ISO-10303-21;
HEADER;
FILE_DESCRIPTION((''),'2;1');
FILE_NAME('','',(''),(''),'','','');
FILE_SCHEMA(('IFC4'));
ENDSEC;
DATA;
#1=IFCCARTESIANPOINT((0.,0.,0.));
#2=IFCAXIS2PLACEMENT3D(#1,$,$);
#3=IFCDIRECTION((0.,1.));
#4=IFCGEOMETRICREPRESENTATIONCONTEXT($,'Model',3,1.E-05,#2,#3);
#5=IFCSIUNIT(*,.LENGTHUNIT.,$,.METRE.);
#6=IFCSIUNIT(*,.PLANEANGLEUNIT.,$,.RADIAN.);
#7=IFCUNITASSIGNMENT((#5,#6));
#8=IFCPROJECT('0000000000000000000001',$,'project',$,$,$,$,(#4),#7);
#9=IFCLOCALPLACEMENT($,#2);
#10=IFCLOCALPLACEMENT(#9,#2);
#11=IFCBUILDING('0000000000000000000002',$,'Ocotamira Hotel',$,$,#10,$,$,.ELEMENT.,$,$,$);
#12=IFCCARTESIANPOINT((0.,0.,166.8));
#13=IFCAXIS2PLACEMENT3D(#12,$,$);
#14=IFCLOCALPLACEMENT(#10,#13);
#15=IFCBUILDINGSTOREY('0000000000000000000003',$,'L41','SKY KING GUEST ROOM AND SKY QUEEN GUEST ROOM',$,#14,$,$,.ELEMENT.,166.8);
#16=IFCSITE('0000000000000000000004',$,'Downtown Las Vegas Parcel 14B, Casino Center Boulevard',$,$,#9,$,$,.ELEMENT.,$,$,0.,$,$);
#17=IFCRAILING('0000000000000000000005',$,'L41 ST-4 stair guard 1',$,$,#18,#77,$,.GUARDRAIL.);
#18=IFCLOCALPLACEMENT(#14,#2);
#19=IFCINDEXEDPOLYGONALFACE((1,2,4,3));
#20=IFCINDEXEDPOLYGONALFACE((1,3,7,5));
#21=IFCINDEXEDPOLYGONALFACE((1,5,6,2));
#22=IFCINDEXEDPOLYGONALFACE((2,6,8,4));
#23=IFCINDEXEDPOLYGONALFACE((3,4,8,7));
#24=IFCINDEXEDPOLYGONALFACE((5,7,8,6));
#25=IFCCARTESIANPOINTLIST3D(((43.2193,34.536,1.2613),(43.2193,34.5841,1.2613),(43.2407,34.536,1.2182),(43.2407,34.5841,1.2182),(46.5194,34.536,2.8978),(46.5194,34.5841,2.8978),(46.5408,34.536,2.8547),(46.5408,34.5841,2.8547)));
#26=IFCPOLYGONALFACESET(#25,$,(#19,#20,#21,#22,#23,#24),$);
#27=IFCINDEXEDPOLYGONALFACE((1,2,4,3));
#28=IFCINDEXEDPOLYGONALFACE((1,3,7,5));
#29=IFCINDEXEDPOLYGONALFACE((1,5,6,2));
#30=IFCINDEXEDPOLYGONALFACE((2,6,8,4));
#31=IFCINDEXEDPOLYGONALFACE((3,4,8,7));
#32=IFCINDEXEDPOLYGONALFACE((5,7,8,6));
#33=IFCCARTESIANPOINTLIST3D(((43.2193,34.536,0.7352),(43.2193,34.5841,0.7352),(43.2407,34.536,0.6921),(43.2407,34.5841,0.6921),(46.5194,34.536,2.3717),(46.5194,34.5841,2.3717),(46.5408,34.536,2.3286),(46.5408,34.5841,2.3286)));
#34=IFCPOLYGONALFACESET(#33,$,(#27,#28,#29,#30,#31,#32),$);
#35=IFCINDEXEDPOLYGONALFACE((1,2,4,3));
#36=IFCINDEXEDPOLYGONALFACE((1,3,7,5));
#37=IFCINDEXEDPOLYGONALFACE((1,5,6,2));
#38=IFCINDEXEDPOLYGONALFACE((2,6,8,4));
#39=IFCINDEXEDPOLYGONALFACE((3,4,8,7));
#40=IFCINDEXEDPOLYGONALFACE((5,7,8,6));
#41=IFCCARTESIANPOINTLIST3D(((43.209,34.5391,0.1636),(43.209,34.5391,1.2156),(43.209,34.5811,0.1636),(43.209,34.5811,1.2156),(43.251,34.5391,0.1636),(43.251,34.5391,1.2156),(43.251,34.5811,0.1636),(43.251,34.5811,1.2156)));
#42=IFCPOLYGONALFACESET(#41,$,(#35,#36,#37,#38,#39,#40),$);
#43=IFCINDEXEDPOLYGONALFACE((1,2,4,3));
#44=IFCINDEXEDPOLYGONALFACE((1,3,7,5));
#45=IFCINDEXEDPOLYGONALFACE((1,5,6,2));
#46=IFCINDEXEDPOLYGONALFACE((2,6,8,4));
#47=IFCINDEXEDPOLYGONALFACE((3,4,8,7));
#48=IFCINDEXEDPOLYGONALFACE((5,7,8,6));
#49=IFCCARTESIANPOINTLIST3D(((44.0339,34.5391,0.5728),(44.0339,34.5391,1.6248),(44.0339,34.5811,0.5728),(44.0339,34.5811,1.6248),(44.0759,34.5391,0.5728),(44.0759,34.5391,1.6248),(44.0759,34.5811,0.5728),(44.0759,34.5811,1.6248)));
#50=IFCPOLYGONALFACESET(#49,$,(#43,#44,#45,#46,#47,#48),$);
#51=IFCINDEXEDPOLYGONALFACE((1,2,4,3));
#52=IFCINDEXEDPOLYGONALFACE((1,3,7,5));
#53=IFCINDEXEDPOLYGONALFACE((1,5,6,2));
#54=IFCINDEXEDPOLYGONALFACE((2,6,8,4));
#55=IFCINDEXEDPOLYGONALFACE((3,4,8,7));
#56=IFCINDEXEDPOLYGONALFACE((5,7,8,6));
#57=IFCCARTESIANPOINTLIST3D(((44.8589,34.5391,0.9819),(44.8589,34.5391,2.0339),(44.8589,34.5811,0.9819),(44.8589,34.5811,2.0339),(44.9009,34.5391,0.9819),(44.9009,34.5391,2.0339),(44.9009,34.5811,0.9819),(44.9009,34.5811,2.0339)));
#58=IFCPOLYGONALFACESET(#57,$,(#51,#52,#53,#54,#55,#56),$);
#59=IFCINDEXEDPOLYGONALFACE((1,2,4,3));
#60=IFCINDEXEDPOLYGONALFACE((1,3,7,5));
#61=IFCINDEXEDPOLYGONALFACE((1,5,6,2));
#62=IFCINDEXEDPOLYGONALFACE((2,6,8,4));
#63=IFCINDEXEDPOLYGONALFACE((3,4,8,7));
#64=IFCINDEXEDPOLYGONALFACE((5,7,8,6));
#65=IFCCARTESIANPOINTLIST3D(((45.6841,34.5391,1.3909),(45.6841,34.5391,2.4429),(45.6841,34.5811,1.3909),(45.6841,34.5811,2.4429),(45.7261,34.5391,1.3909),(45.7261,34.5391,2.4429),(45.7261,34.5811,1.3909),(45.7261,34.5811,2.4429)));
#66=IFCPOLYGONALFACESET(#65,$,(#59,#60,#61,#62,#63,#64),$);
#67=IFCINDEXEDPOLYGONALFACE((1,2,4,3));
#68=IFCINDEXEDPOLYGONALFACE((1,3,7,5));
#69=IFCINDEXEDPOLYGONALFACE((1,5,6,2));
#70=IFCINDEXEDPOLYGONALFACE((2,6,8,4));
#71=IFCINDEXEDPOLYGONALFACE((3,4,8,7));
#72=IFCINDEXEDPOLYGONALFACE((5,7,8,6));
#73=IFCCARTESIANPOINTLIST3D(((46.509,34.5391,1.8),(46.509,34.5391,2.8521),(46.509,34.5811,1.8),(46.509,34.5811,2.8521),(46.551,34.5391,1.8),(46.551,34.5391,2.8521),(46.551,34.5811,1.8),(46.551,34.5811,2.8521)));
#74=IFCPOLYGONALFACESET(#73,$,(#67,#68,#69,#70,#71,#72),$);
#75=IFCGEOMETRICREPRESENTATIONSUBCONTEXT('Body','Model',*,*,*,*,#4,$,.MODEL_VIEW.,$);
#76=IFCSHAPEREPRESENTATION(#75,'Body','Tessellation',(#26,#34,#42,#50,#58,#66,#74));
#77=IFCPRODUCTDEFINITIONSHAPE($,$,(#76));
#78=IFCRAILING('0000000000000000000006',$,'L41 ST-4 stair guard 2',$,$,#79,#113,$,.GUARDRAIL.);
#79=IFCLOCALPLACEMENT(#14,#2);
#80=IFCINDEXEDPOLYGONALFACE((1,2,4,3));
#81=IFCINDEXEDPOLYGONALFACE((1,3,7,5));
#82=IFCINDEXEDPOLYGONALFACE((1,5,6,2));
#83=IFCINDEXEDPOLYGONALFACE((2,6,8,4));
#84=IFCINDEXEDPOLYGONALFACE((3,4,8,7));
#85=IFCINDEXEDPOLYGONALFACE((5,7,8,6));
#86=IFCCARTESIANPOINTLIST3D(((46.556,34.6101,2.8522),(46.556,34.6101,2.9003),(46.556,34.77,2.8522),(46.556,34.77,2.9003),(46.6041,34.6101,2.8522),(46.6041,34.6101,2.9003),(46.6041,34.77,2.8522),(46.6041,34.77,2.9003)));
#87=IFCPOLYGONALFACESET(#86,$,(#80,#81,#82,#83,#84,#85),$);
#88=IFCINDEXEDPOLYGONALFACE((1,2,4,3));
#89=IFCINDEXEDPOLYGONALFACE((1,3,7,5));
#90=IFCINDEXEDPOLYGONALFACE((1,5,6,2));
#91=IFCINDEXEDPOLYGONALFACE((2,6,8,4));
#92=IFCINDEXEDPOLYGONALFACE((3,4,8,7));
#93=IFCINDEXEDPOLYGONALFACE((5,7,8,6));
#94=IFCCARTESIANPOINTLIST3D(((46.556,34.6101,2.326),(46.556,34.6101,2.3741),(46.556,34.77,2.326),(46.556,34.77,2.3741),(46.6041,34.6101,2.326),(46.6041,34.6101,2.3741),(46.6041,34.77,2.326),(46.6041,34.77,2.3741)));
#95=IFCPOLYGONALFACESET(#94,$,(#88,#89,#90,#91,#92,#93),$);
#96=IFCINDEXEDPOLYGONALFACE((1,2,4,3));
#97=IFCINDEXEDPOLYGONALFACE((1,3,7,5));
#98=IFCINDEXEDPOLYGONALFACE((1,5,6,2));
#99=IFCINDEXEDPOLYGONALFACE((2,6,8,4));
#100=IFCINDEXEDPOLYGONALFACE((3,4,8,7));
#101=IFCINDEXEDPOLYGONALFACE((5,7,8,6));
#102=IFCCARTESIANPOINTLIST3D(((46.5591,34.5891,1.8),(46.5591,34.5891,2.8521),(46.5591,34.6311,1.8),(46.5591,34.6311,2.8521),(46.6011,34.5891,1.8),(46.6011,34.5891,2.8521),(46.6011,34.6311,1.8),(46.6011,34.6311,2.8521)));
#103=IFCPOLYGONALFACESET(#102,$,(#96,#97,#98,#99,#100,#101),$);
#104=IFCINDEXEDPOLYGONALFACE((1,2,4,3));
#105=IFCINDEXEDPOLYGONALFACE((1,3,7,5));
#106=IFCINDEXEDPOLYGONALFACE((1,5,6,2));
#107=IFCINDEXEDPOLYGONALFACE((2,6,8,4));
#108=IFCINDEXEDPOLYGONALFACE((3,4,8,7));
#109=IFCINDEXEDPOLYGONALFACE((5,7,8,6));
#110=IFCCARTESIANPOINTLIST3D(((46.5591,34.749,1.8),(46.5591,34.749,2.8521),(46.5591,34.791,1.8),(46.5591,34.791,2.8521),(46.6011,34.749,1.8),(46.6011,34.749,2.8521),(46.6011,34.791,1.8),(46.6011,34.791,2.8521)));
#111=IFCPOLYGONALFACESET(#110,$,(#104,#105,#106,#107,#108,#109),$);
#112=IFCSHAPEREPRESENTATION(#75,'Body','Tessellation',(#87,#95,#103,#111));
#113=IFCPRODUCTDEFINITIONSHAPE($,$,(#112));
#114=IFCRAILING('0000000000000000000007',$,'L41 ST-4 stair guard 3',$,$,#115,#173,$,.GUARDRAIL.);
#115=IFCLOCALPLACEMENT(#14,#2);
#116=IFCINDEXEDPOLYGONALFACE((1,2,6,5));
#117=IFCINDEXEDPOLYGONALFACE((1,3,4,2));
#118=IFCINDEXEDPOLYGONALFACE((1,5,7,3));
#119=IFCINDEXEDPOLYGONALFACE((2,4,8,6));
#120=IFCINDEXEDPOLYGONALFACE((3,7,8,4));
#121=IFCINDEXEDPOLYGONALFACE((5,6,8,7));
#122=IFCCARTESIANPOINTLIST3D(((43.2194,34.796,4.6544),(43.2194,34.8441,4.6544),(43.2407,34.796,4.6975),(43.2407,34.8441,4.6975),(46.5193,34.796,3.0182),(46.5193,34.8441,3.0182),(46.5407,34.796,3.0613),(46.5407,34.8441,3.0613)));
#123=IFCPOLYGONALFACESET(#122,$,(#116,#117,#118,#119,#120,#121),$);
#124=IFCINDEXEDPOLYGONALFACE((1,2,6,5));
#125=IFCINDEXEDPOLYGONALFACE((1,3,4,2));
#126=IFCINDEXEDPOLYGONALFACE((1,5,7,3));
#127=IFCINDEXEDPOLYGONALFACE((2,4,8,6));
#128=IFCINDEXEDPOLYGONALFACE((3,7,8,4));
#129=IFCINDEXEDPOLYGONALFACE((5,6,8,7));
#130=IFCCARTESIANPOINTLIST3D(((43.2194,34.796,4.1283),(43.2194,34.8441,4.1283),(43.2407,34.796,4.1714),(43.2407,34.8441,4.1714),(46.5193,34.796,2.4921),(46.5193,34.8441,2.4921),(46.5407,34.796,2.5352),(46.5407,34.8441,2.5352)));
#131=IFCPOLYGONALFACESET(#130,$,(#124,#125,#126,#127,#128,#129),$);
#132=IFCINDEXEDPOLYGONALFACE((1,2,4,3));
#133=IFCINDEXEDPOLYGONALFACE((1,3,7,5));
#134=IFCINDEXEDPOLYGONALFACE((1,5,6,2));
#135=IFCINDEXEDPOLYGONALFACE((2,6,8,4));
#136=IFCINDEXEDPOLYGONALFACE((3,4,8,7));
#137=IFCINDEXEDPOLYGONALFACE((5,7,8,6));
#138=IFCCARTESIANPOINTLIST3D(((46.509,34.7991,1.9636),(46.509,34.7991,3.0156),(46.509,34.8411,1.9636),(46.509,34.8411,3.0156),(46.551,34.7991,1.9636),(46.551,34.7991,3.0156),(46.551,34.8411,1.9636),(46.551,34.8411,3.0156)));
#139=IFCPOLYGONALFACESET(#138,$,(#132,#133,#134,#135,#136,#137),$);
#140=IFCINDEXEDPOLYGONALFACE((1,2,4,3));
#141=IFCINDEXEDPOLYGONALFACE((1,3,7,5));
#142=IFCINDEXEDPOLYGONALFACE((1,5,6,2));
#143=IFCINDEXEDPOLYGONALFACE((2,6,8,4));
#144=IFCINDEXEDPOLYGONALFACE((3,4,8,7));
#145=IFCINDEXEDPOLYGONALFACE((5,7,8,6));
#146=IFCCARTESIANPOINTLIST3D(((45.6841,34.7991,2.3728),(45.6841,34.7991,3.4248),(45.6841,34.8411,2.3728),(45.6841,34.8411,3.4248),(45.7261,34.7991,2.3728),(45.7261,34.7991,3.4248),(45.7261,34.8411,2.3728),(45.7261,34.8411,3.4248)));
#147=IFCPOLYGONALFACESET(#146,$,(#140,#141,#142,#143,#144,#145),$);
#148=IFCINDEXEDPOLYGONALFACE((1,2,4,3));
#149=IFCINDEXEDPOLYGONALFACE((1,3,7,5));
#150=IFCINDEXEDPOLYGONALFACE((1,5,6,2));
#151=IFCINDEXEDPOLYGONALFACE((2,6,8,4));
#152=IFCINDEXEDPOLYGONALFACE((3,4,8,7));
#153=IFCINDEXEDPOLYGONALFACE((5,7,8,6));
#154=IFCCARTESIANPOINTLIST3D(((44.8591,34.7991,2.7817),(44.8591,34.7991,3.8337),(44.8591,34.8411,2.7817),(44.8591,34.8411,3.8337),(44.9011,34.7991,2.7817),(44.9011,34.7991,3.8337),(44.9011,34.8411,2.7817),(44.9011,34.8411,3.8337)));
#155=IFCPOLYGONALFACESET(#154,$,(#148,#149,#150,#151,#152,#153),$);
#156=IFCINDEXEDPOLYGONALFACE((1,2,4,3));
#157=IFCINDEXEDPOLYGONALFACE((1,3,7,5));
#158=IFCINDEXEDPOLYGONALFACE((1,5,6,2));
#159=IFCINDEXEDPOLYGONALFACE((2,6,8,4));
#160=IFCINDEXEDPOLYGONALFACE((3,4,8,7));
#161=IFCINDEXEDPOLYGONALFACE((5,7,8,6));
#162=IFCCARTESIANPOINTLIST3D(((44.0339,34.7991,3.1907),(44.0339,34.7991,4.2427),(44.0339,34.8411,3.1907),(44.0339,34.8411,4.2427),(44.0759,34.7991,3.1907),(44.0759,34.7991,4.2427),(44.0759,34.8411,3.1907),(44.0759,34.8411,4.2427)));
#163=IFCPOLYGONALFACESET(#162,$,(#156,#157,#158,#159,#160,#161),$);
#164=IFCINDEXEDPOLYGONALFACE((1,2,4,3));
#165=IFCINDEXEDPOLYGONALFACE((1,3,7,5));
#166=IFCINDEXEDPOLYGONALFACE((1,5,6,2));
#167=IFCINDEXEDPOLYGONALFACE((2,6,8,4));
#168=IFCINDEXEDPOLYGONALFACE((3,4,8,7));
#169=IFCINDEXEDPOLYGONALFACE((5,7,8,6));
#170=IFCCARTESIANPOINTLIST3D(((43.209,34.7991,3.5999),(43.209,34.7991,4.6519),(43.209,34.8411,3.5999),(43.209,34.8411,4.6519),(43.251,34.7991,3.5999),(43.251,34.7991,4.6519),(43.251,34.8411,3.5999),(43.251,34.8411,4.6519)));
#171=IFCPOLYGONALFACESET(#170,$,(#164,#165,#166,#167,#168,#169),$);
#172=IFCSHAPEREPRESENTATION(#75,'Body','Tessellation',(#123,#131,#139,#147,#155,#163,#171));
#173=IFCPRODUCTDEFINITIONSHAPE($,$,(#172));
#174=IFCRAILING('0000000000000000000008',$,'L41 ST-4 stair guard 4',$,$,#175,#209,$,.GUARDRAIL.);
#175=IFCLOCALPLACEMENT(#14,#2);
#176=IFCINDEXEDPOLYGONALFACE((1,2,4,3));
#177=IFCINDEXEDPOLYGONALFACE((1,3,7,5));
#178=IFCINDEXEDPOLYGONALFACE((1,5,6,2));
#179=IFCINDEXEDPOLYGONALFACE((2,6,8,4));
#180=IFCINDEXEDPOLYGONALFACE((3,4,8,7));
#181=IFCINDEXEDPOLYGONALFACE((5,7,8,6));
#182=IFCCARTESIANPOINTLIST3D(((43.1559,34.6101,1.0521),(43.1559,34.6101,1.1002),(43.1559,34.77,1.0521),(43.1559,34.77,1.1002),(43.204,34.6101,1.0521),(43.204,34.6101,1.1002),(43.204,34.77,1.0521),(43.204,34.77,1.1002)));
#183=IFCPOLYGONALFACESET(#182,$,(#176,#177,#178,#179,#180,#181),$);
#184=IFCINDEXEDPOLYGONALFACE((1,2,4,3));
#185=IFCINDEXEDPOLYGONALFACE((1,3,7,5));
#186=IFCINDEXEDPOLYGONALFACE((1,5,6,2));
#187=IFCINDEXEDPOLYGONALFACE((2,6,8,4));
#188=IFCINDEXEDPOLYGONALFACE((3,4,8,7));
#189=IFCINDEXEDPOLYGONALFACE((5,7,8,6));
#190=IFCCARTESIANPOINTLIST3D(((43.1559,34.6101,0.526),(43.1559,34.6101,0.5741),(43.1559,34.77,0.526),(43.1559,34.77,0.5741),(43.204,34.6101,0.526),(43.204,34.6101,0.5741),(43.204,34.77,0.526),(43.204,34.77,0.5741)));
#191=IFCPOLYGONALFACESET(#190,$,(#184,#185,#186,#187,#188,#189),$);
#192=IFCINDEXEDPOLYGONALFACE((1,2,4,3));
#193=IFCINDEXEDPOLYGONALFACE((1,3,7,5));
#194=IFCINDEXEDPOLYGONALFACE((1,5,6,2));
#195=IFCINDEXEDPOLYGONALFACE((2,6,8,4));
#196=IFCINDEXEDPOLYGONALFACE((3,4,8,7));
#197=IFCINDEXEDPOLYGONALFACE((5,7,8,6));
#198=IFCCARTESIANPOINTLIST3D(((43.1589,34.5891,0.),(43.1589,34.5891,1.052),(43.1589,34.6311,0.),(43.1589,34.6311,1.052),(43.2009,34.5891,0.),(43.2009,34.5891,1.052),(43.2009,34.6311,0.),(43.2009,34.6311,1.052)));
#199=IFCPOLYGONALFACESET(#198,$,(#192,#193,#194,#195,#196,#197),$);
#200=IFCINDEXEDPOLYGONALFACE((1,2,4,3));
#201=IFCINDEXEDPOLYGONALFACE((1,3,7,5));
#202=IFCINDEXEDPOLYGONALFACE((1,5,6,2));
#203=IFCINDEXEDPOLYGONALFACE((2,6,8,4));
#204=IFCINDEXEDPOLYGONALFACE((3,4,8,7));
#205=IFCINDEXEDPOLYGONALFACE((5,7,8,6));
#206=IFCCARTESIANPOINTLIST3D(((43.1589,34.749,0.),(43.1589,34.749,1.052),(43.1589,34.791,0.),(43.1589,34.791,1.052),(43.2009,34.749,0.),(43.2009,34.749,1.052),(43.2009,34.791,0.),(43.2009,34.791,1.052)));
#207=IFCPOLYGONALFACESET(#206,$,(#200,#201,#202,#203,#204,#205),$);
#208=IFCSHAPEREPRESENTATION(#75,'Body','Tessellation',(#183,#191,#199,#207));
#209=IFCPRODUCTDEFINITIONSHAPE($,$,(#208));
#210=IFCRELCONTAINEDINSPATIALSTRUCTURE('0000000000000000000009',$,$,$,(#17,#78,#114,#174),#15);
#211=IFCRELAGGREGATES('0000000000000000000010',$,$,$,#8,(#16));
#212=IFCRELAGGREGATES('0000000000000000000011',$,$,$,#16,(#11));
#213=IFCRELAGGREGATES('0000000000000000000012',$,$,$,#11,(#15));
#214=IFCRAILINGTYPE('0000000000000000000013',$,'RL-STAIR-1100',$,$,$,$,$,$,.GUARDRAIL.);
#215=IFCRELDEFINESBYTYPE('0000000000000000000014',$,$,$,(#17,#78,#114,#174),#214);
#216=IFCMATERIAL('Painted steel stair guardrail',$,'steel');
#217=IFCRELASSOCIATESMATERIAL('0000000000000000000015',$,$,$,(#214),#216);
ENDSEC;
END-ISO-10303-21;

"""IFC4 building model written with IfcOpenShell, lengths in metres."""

from ifc_helpers import new_model, si_unit, direction, frame, origin, origin_2d, place, context, subcontext, project, spatial, rectangle, extrude, material, type_object, element, save


model = new_model("IFC4")

# Units and contexts
model_context = context("Model", 3, precision=1e-05, world=origin(), true_north=direction((0.0, 1.0)))
body_context = subcontext(model_context, "Body", "Model", "MODEL_VIEW")
ifc_project = project(units=[si_unit("LENGTHUNIT", "METRE"), si_unit("PLANEANGLEUNIT", "RADIAN")], contexts=[model_context])

# Site, building, storey
site_placement = place(None, origin())
site = spatial("IfcSite", under=ifc_project, at=site_placement, Name="Downtown Las Vegas Parcel 14B, Casino Center Boulevard", CompositionType="ELEMENT", RefElevation=0.0)
building_placement = place(site_placement, origin())
building = spatial("IfcBuilding", under=site, at=building_placement, Name="Ocotamira Hotel", CompositionType="ELEMENT")
storey_placement = place(building_placement, frame((0.0, 0.0, 166.8)))
storey = spatial("IfcBuildingStorey", under=building, at=storey_placement, Name="L41", Description="SKY KING GUEST ROOM AND SKY QUEEN GUEST ROOM", CompositionType="ELEMENT", Elevation=166.8)

# Railings
ifc_material_1 = material(Name="Painted steel stair guardrail", Category="steel")
railing_type_1 = type_object("IfcRailingType", Name="RL-STAIR-1100", PredefinedType="GUARDRAIL", material=ifc_material_1)
railing_1_placement = place(storey_placement, frame((43.23, 34.5601, 0.1636)))
element("IfcRailing", 1, at=railing_1_placement, inside=storey, type_object=railing_type_1, Name="L41 ST-4 stair guard 1", PredefinedType="GUARDRAIL", context=body_context, shape_type="SweptSolid", body=[
    extrude(rectangle(XDim=0.0481, YDim=0.0481, at=origin_2d()), frame((0.0, 0.0, 1.0762), z_axis=(0.895894, 0.0, 0.444268), x_axis=(0.0, 1.0, 0.0)), (0.0, 0.0, 1.0), 3.6836),
    extrude(rectangle(XDim=0.0481, YDim=0.0481, at=origin_2d()), frame((0.0, 0.0, 0.55), z_axis=(0.895894, 0.0, 0.444268), x_axis=(0.0, 1.0, 0.0)), (0.0, 0.0, 1.0), 3.6836),
    extrude(rectangle(XDim=0.042, YDim=0.042, at=origin_2d()), origin(), (0.0, 0.0, 1.0), 1.052),
    extrude(rectangle(XDim=0.042, YDim=0.042, at=origin_2d()), frame((0.825, 0.0, 0.4092)), (0.0, 0.0, 1.0), 1.052),
    extrude(rectangle(XDim=0.042, YDim=0.042, at=origin_2d()), frame((1.6499, 0.0, 0.8184)), (0.0, 0.0, 1.0), 1.052),
    extrude(rectangle(XDim=0.042, YDim=0.042, at=origin_2d()), frame((2.4751, 0.0, 1.2273)), (0.0, 0.0, 1.0), 1.052),
    extrude(rectangle(XDim=0.042, YDim=0.042, at=origin_2d()), frame((3.3, 0.0, 1.6365)), (0.0, 0.0, 1.0), 1.052),
])
railing_2_placement = place(storey_placement, frame((46.5801, 34.6101, 1.8)))
element("IfcRailing", 2, at=railing_2_placement, inside=storey, type_object=railing_type_1, Name="L41 ST-4 stair guard 2", PredefinedType="GUARDRAIL", context=body_context, shape_type="SweptSolid", body=[
    extrude(rectangle(XDim=0.0481, YDim=0.0481, at=origin_2d()), frame((0.0, 0.0, 1.0762), z_axis=(0.0, 1.0, 0.0), x_axis=(-1.0, 0.0, 0.0)), (0.0, 0.0, 1.0), 0.1599),
    extrude(rectangle(XDim=0.0481, YDim=0.0481, at=origin_2d()), frame((0.0, 0.0, 0.55), z_axis=(0.0, 1.0, 0.0), x_axis=(-1.0, 0.0, 0.0)), (0.0, 0.0, 1.0), 0.1599),
    extrude(rectangle(XDim=0.042, YDim=0.042, at=origin_2d()), origin(), (0.0, 0.0, 1.0), 1.052),
    extrude(rectangle(XDim=0.042, YDim=0.042, at=origin_2d()), frame((0.0, 0.1599, 0.0)), (0.0, 0.0, 1.0), 1.052),
])
railing_3_placement = place(storey_placement, frame((46.53, 34.8201, 1.9636)))
element("IfcRailing", 3, at=railing_3_placement, inside=storey, type_object=railing_type_1, Name="L41 ST-4 stair guard 3", PredefinedType="GUARDRAIL", context=body_context, shape_type="SweptSolid", body=[
    extrude(rectangle(XDim=0.0481, YDim=0.0481, at=origin_2d()), frame((0.0, 0.0, 1.0762), z_axis=(-0.89592, 0.0, 0.444215), x_axis=(0.0, -1.0, 0.0)), (0.0, 0.0, 1.0), 3.6833),
    extrude(rectangle(XDim=0.0481, YDim=0.0481, at=origin_2d()), frame((0.0, 0.0, 0.55), z_axis=(-0.89592, 0.0, 0.444215), x_axis=(0.0, -1.0, 0.0)), (0.0, 0.0, 1.0), 3.6833),
    extrude(rectangle(XDim=0.042, YDim=0.042, at=origin_2d()), origin(), (0.0, 0.0, 1.0), 1.052),
    extrude(rectangle(XDim=0.042, YDim=0.042, at=origin_2d()), frame((-0.825, 0.0, 0.4092)), (0.0, 0.0, 1.0), 1.052),
    extrude(rectangle(XDim=0.042, YDim=0.042, at=origin_2d()), frame((-1.6499, 0.0, 0.8181)), (0.0, 0.0, 1.0), 1.052),
    extrude(rectangle(XDim=0.042, YDim=0.042, at=origin_2d()), frame((-2.4751, 0.0, 1.2271)), (0.0, 0.0, 1.0), 1.052),
    extrude(rectangle(XDim=0.042, YDim=0.042, at=origin_2d()), frame((-3.3, 0.0, 1.6362)), (0.0, 0.0, 1.0), 1.052),
])
railing_4_placement = place(storey_placement, frame((43.1799, 34.6101, 0.0)))
element("IfcRailing", 4, at=railing_4_placement, inside=storey, type_object=railing_type_1, Name="L41 ST-4 stair guard 4", PredefinedType="GUARDRAIL", context=body_context, shape_type="SweptSolid", body=[
    extrude(rectangle(XDim=0.0481, YDim=0.0481, at=origin_2d()), frame((0.0, 0.0, 1.0762), z_axis=(0.0, 1.0, 0.0), x_axis=(-1.0, 0.0, 0.0)), (0.0, 0.0, 1.0), 0.1599),
    extrude(rectangle(XDim=0.0481, YDim=0.0481, at=origin_2d()), frame((0.0, 0.0, 0.55), z_axis=(0.0, 1.0, 0.0), x_axis=(-1.0, 0.0, 0.0)), (0.0, 0.0, 1.0), 0.1599),
    extrude(rectangle(XDim=0.042, YDim=0.042, at=origin_2d()), origin(), (0.0, 0.0, 1.0), 1.052),
    extrude(rectangle(XDim=0.042, YDim=0.042, at=origin_2d()), frame((0.0, 0.1599, 0.0)), (0.0, 0.0, 1.0), 1.052),
])

save(model, "model.ifc")
